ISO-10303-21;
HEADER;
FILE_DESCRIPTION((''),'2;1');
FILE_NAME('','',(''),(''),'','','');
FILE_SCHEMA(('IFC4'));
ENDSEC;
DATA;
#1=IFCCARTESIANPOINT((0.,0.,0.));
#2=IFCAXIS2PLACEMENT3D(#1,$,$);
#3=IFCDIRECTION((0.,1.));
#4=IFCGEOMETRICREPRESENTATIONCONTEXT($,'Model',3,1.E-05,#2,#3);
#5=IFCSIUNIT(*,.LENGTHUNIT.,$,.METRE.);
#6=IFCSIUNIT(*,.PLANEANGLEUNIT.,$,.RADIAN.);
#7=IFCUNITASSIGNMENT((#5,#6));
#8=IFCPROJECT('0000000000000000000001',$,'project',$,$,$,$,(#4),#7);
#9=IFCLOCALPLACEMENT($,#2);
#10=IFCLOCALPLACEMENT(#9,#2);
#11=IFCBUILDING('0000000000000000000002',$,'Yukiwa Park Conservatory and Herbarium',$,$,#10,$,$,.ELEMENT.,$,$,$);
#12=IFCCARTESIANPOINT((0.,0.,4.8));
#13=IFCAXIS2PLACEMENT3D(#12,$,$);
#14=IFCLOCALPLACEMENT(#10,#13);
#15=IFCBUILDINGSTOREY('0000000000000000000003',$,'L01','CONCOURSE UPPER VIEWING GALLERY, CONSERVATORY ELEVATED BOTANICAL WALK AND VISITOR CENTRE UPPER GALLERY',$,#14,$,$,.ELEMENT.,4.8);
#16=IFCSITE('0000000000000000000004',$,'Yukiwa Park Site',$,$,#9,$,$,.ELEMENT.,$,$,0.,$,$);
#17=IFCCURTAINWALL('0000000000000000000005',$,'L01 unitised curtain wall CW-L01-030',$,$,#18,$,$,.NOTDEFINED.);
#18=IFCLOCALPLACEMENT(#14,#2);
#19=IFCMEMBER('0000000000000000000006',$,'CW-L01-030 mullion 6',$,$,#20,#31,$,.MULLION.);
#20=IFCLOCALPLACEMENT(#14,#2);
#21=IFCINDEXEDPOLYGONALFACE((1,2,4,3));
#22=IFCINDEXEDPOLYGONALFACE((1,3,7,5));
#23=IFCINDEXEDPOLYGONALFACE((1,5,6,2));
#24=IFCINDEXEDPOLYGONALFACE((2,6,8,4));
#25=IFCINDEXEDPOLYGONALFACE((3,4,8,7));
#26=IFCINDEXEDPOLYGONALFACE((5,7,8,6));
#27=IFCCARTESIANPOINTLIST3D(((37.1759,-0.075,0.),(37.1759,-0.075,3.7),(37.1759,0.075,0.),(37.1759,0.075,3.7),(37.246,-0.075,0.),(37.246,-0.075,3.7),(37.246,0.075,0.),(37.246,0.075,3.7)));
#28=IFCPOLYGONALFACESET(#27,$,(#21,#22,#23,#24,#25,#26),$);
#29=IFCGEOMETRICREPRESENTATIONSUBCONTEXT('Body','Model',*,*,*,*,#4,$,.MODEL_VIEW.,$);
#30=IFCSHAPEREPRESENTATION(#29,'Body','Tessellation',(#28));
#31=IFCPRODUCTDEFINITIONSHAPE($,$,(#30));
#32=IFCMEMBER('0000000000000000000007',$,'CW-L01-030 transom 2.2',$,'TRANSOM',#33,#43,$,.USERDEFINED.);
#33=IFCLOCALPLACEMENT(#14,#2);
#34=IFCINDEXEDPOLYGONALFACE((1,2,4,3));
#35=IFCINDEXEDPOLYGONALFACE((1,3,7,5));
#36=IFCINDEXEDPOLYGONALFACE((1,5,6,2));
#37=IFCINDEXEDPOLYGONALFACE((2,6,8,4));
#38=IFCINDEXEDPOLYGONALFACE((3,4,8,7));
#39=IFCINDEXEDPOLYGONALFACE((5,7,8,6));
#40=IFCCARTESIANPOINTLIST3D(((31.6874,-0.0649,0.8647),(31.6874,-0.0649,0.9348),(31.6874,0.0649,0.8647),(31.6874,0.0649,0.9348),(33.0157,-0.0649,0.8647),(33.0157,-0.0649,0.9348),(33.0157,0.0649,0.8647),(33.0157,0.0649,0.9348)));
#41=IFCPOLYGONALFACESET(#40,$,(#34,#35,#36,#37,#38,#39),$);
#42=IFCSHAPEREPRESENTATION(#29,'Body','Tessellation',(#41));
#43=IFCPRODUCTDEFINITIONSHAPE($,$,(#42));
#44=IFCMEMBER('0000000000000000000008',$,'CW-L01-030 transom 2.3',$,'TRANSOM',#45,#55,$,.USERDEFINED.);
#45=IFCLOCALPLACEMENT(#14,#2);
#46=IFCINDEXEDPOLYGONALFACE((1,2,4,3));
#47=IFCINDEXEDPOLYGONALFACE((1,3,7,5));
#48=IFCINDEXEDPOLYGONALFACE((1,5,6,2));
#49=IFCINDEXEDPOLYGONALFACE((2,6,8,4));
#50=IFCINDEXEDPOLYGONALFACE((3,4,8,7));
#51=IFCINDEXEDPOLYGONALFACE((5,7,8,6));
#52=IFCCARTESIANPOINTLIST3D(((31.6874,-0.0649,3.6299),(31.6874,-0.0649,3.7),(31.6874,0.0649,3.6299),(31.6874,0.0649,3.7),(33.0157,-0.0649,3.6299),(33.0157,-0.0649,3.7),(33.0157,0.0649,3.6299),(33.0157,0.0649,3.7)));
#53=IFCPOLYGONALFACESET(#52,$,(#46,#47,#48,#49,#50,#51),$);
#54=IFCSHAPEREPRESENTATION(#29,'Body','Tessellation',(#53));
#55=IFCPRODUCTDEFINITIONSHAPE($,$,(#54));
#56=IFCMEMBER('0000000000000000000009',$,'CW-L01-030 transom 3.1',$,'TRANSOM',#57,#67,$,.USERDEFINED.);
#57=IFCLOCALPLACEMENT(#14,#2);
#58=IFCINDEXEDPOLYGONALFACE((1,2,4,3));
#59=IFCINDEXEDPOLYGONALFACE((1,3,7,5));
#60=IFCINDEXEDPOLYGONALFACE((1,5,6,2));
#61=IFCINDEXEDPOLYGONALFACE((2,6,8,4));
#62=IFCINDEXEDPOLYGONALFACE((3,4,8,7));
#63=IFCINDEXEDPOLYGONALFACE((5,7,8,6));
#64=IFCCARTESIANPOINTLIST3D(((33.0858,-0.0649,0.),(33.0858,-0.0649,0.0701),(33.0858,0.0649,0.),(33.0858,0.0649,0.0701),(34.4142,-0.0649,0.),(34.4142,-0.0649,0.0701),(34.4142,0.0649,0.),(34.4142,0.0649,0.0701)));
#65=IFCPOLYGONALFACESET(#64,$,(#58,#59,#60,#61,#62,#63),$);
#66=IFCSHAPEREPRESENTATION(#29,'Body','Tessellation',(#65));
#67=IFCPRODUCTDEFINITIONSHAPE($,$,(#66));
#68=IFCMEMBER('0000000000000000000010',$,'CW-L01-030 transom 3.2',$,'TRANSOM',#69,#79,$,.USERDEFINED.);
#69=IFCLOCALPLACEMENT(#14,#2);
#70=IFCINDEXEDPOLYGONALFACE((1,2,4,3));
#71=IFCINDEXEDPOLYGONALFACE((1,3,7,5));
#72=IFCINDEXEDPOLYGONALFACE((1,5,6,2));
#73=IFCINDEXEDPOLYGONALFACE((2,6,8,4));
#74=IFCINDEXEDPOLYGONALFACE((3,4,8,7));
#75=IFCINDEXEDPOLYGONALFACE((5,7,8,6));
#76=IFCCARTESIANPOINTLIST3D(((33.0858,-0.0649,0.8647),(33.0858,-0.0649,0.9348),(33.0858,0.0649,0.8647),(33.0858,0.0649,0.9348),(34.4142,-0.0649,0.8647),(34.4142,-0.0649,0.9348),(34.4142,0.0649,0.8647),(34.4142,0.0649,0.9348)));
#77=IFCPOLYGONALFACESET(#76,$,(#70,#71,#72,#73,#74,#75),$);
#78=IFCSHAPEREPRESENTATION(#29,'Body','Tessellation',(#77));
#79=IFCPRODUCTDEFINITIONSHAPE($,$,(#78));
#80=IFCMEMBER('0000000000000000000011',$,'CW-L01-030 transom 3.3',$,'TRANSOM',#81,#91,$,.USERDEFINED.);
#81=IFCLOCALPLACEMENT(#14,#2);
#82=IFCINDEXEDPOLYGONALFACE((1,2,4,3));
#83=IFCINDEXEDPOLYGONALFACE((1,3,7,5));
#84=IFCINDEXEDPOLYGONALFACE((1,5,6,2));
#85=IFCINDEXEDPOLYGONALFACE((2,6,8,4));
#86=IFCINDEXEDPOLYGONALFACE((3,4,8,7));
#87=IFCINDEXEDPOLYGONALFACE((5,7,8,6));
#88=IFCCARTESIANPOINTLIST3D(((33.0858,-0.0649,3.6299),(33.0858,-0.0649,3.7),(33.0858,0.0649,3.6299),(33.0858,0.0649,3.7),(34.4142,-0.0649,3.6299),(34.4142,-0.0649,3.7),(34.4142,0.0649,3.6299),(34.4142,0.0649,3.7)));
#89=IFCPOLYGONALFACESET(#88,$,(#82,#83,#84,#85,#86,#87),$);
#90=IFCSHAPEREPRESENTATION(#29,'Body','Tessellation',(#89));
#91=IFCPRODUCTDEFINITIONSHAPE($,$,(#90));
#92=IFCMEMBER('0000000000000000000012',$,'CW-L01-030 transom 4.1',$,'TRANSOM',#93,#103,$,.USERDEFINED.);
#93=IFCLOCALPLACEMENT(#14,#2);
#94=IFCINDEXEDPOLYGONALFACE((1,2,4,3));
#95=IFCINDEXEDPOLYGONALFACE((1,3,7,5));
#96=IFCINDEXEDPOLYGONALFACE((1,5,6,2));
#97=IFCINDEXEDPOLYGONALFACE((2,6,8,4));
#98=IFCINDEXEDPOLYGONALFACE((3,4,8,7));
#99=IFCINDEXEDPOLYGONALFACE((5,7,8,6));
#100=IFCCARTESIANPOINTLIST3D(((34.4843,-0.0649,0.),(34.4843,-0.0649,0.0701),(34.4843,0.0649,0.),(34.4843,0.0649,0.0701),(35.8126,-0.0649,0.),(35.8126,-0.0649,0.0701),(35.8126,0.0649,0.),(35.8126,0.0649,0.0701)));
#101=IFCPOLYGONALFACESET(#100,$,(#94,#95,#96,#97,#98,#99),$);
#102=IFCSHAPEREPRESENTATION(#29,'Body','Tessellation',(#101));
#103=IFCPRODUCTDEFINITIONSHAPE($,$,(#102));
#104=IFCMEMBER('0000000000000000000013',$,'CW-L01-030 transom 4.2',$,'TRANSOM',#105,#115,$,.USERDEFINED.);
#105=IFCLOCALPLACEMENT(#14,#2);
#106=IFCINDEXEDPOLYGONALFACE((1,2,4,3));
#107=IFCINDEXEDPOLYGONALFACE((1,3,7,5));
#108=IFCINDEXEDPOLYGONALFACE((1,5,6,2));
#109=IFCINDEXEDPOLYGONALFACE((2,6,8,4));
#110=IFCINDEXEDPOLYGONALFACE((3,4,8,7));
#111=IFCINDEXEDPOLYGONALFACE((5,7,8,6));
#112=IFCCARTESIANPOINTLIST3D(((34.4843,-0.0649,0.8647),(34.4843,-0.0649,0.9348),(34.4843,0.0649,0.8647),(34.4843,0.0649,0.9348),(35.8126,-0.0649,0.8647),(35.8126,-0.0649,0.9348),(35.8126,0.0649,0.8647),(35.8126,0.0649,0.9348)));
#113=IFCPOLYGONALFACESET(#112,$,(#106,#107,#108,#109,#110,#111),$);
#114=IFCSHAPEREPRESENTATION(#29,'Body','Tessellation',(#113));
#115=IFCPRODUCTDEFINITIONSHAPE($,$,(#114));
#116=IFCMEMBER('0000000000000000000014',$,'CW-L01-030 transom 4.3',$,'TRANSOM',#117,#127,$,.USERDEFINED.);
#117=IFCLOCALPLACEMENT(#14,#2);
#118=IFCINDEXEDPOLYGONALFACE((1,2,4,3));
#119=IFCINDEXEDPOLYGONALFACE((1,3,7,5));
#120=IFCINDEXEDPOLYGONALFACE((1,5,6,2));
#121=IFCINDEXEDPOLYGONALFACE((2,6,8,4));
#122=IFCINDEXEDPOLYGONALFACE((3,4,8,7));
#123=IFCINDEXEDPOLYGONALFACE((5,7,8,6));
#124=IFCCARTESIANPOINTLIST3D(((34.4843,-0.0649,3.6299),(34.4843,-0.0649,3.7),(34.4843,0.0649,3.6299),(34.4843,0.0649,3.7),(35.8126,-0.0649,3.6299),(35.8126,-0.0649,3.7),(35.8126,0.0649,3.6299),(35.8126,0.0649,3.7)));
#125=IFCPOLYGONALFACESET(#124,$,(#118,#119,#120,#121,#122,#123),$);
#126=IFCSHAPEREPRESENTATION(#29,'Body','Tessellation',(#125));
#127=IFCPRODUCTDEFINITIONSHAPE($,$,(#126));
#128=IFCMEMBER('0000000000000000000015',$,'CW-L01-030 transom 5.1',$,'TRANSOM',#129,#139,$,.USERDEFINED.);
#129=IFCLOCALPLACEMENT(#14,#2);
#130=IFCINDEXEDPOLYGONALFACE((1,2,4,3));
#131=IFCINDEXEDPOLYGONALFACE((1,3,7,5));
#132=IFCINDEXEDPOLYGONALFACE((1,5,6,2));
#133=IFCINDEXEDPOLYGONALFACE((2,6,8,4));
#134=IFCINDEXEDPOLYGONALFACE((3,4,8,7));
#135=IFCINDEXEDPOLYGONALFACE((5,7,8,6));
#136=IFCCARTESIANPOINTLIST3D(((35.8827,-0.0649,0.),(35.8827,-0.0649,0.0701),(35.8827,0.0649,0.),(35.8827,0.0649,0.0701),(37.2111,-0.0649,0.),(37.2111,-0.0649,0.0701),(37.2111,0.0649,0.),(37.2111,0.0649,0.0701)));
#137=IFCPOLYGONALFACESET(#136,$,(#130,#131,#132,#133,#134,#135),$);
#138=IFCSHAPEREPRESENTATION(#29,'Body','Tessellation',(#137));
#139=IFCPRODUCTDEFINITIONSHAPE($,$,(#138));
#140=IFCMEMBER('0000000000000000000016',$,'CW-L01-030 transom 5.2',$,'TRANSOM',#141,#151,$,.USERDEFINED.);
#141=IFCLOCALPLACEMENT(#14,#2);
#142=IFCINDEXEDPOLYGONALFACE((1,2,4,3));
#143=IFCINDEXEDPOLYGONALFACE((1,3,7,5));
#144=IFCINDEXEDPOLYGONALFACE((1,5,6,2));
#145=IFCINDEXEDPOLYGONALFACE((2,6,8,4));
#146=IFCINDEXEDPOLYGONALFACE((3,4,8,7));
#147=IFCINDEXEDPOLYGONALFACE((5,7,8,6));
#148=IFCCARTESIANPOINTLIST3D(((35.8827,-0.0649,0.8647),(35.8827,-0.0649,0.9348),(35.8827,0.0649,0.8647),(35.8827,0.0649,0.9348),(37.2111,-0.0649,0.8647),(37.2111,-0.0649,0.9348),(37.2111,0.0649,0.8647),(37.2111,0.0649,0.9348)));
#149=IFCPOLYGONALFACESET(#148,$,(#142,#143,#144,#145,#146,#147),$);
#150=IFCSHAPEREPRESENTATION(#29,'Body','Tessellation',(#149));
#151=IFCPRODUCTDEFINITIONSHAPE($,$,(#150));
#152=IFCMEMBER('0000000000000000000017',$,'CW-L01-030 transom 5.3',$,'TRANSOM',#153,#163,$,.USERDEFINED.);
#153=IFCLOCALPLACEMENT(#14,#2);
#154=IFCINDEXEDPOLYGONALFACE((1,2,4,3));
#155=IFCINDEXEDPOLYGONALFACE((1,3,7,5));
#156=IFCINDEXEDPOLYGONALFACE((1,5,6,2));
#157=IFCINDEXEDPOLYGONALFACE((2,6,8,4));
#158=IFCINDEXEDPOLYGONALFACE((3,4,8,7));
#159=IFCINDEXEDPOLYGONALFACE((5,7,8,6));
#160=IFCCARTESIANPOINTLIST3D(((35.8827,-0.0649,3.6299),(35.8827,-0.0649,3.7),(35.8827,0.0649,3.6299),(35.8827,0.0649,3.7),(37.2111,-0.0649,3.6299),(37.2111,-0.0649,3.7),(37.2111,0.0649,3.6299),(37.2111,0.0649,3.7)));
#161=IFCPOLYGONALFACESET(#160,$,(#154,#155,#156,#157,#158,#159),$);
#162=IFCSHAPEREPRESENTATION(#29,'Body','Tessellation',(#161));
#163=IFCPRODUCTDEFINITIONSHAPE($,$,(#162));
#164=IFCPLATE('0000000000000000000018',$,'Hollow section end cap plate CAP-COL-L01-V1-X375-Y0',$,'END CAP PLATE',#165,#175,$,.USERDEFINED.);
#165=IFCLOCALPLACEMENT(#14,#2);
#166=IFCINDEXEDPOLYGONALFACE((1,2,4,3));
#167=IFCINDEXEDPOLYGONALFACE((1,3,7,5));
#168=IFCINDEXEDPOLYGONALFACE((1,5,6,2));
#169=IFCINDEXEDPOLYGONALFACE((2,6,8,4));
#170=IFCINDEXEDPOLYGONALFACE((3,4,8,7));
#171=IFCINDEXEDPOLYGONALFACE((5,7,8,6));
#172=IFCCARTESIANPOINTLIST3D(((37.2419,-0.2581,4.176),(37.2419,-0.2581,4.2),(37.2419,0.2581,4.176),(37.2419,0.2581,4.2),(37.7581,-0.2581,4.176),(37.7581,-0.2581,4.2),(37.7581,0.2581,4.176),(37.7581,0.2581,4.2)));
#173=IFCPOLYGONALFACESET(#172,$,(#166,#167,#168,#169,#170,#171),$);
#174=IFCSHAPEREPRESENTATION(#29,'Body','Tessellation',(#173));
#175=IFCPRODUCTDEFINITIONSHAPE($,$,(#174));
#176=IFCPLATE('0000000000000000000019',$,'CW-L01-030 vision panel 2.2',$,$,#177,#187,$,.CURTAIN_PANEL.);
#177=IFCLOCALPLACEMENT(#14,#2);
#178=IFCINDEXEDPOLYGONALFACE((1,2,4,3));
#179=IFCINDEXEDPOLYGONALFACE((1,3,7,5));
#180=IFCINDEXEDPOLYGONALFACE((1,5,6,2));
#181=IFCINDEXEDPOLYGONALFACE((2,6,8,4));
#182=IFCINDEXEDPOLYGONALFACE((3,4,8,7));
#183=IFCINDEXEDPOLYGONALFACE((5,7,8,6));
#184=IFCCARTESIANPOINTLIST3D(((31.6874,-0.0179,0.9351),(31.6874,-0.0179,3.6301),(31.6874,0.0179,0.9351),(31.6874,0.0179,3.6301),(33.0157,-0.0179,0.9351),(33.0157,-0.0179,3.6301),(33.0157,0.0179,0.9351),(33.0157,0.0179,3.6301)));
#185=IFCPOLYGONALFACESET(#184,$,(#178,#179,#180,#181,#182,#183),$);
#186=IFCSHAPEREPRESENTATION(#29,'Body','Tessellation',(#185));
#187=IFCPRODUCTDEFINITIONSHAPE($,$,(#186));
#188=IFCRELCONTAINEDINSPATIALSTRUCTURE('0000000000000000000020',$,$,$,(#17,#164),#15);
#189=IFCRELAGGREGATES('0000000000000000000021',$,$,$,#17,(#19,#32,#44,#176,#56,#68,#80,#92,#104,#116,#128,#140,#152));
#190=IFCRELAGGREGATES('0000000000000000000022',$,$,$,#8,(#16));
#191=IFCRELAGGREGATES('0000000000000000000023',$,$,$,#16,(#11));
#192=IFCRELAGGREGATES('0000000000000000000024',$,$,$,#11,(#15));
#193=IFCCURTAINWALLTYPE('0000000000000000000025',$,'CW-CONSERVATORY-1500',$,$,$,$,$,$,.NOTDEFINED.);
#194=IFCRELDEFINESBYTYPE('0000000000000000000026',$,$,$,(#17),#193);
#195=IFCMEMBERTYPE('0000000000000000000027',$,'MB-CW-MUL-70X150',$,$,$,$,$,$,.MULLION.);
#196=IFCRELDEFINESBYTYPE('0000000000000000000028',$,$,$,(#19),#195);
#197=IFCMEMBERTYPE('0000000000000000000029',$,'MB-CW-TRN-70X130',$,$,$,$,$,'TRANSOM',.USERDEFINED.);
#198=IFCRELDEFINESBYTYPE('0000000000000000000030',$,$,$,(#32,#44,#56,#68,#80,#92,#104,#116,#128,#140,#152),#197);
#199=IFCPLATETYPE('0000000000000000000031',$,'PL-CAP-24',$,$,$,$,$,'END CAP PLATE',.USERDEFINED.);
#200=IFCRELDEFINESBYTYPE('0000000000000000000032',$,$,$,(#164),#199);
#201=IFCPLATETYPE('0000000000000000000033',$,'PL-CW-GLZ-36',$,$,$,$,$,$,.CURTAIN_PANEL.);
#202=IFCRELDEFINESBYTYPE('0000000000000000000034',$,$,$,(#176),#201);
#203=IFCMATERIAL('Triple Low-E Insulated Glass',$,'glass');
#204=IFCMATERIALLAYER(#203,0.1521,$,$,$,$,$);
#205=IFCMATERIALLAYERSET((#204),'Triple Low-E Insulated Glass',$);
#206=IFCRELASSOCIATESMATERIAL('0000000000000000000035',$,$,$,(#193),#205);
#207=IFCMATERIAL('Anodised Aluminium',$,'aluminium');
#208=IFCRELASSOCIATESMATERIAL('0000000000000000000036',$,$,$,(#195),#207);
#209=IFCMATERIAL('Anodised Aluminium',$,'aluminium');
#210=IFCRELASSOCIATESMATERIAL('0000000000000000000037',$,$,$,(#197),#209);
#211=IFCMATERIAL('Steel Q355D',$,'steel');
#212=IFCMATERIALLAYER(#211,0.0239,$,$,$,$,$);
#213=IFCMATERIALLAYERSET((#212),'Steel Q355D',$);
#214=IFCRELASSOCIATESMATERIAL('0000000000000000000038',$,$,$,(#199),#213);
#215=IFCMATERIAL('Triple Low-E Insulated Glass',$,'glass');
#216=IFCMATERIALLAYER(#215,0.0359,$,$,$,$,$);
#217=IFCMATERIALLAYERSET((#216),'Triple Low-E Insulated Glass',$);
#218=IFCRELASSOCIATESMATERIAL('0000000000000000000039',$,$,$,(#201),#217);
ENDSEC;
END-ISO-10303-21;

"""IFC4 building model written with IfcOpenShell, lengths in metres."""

from ifc_helpers import new_model, si_unit, direction, frame, origin, origin_2d, place, context, subcontext, project, spatial, rectangle, extrude, material, layer, layer_set, type_object, element, aggregate, save


model = new_model("IFC4")

# Units and contexts
model_context = context("Model", 3, precision=1e-05, world=origin(), true_north=direction((0.0, 1.0)))
body_context = subcontext(model_context, "Body", "Model", "MODEL_VIEW")
ifc_project = project(units=[si_unit("LENGTHUNIT", "METRE"), si_unit("PLANEANGLEUNIT", "RADIAN")], contexts=[model_context])

# Site, building, storey
site_placement = place(None, origin())
site = spatial("IfcSite", under=ifc_project, at=site_placement, Name="Yukiwa Park Site", CompositionType="ELEMENT", RefElevation=0.0)
building_placement = place(site_placement, origin())
building = spatial("IfcBuilding", under=site, at=building_placement, Name="Yukiwa Park Conservatory and Herbarium", CompositionType="ELEMENT")
storey_placement = place(building_placement, frame((0.0, 0.0, 4.8)))
storey = spatial("IfcBuildingStorey", under=building, at=storey_placement, Name="L01", Description="CONCOURSE UPPER VIEWING GALLERY, CONSERVATORY ELEVATED BOTANICAL WALK AND VISITOR CENTRE UPPER GALLERY", CompositionType="ELEMENT", Elevation=4.8)

# Curtain wall, members
ifc_material_1 = material(Name="Triple Low-E Insulated Glass", Category="glass")
ifc_layer_1 = layer(ifc_material_1, 0.1521)
ifc_layer_set_1 = layer_set([ifc_layer_1], Name="Triple Low-E Insulated Glass")
curtain_wall_type = type_object("IfcCurtainWallType", Name="CW-CONSERVATORY-1500", PredefinedType="NOTDEFINED", material=ifc_layer_set_1)
curtain_wall_placement = place(storey_placement, origin())
curtain_wall = element("IfcCurtainWall", 1, at=curtain_wall_placement, inside=storey, type_object=curtain_wall_type, Name="L01 unitised curtain wall CW-L01-030", PredefinedType="NOTDEFINED")
ifc_material_2 = material(Name="Anodised Aluminium", Category="aluminium")
member_type_1 = type_object("IfcMemberType", Name="MB-CW-MUL-70X150", PredefinedType="MULLION", material=ifc_material_2)
member_1_placement = place(storey_placement, frame((37.2109, 0.0, 0.0), z_axis=(0.0, 0.0, 1.0), x_axis=(1.0, 0.0, 0.0)))
member_1 = element("IfcMember", 2, at=member_1_placement, type_object=member_type_1, Name="CW-L01-030 mullion 6", PredefinedType="MULLION", context=body_context, shape_type="SweptSolid", body=[
    extrude(rectangle(XDim=0.0701, YDim=0.1499, at=origin_2d()), origin(), (0.0, 0.0, 1.0), 3.7),
])
ifc_material_3 = material(Name="Anodised Aluminium", Category="aluminium")
member_type_2 = type_object("IfcMemberType", Name="MB-CW-TRN-70X130", ElementType="TRANSOM", PredefinedType="USERDEFINED", material=ifc_material_3)
member_2_placement = place(storey_placement, frame((32.3516, 0.0, 0.8647), z_axis=(0.0, 0.0, 1.0), x_axis=(1.0, 0.0, 0.0)))
member_2 = element("IfcMember", 3, at=member_2_placement, type_object=member_type_2, Name="CW-L01-030 transom 2.2", ObjectType="TRANSOM", PredefinedType="USERDEFINED", context=body_context, shape_type="SweptSolid", body=[
    extrude(rectangle(XDim=1.3284, YDim=0.1299, at=origin_2d()), origin(), (0.0, 0.0, 1.0), 0.0701),
])
member_3_placement = place(storey_placement, frame((32.3516, 0.0, 3.6299), z_axis=(0.0, 0.0, 1.0), x_axis=(1.0, 0.0, 0.0)))
member_3 = element("IfcMember", 4, at=member_3_placement, type_object=member_type_2, Name="CW-L01-030 transom 2.3", ObjectType="TRANSOM", PredefinedType="USERDEFINED", context=body_context, shape_type="SweptSolid", body=[
    extrude(rectangle(XDim=1.3284, YDim=0.1299, at=origin_2d()), origin(), (0.0, 0.0, 1.0), 0.0701),
])
member_4_placement = place(storey_placement, frame((33.75, 0.0, 0.0), z_axis=(0.0, 0.0, 1.0), x_axis=(1.0, 0.0, 0.0)))
member_4 = element("IfcMember", 5, at=member_4_placement, type_object=member_type_2, Name="CW-L01-030 transom 3.1", ObjectType="TRANSOM", PredefinedType="USERDEFINED", context=body_context, shape_type="SweptSolid", body=[
    extrude(rectangle(XDim=1.3284, YDim=0.1299, at=origin_2d()), origin(), (0.0, 0.0, 1.0), 0.0701),
])
member_5_placement = place(storey_placement, frame((33.75, 0.0, 0.8647), z_axis=(0.0, 0.0, 1.0), x_axis=(1.0, 0.0, 0.0)))
member_5 = element("IfcMember", 6, at=member_5_placement, type_object=member_type_2, Name="CW-L01-030 transom 3.2", ObjectType="TRANSOM", PredefinedType="USERDEFINED", context=body_context, shape_type="SweptSolid", body=[
    extrude(rectangle(XDim=1.3284, YDim=0.1299, at=origin_2d()), origin(), (0.0, 0.0, 1.0), 0.0701),
])
member_6_placement = place(storey_placement, frame((33.75, 0.0, 3.6299), z_axis=(0.0, 0.0, 1.0), x_axis=(1.0, 0.0, 0.0)))
member_6 = element("IfcMember", 7, at=member_6_placement, type_object=member_type_2, Name="CW-L01-030 transom 3.3", ObjectType="TRANSOM", PredefinedType="USERDEFINED", context=body_context, shape_type="SweptSolid", body=[
    extrude(rectangle(XDim=1.3284, YDim=0.1299, at=origin_2d()), origin(), (0.0, 0.0, 1.0), 0.0701),
])
member_7_placement = place(storey_placement, frame((35.1484, 0.0, 0.0), z_axis=(0.0, 0.0, 1.0), x_axis=(1.0, 0.0, 0.0)))
member_7 = element("IfcMember", 8, at=member_7_placement, type_object=member_type_2, Name="CW-L01-030 transom 4.1", ObjectType="TRANSOM", PredefinedType="USERDEFINED", context=body_context, shape_type="SweptSolid", body=[
    extrude(rectangle(XDim=1.3284, YDim=0.1299, at=origin_2d()), origin(), (0.0, 0.0, 1.0), 0.0701),
])
member_8_placement = place(storey_placement, frame((35.1484, 0.0, 0.8647), z_axis=(0.0, 0.0, 1.0), x_axis=(1.0, 0.0, 0.0)))
member_8 = element("IfcMember", 9, at=member_8_placement, type_object=member_type_2, Name="CW-L01-030 transom 4.2", ObjectType="TRANSOM", PredefinedType="USERDEFINED", context=body_context, shape_type="SweptSolid", body=[
    extrude(rectangle(XDim=1.3284, YDim=0.1299, at=origin_2d()), origin(), (0.0, 0.0, 1.0), 0.0701),
])
member_9_placement = place(storey_placement, frame((35.1484, 0.0, 3.6299), z_axis=(0.0, 0.0, 1.0), x_axis=(1.0, 0.0, 0.0)))
member_9 = element("IfcMember", 10, at=member_9_placement, type_object=member_type_2, Name="CW-L01-030 transom 4.3", ObjectType="TRANSOM", PredefinedType="USERDEFINED", context=body_context, shape_type="SweptSolid", body=[
    extrude(rectangle(XDim=1.3284, YDim=0.1299, at=origin_2d()), origin(), (0.0, 0.0, 1.0), 0.0701),
])
member_10_placement = place(storey_placement, frame((36.5469, 0.0, 0.0), z_axis=(0.0, 0.0, 1.0), x_axis=(1.0, 0.0, 0.0)))
member_10 = element("IfcMember", 11, at=member_10_placement, type_object=member_type_2, Name="CW-L01-030 transom 5.1", ObjectType="TRANSOM", PredefinedType="USERDEFINED", context=body_context, shape_type="SweptSolid", body=[
    extrude(rectangle(XDim=1.3284, YDim=0.1299, at=origin_2d()), origin(), (0.0, 0.0, 1.0), 0.0701),
])
member_11_placement = place(storey_placement, frame((36.5469, 0.0, 0.8647), z_axis=(0.0, 0.0, 1.0), x_axis=(1.0, 0.0, 0.0)))
member_11 = element("IfcMember", 12, at=member_11_placement, type_object=member_type_2, Name="CW-L01-030 transom 5.2", ObjectType="TRANSOM", PredefinedType="USERDEFINED", context=body_context, shape_type="SweptSolid", body=[
    extrude(rectangle(XDim=1.3284, YDim=0.1299, at=origin_2d()), origin(), (0.0, 0.0, 1.0), 0.0701),
])
member_12_placement = place(storey_placement, frame((36.5469, 0.0, 3.6299), z_axis=(0.0, 0.0, 1.0), x_axis=(1.0, 0.0, 0.0)))
member_12 = element("IfcMember", 13, at=member_12_placement, type_object=member_type_2, Name="CW-L01-030 transom 5.3", ObjectType="TRANSOM", PredefinedType="USERDEFINED", context=body_context, shape_type="SweptSolid", body=[
    extrude(rectangle(XDim=1.3284, YDim=0.1299, at=origin_2d()), origin(), (0.0, 0.0, 1.0), 0.0701),
])

# Plates
ifc_material_4 = material(Name="Steel Q355D", Category="steel")
ifc_layer_2 = layer(ifc_material_4, 0.0239)
ifc_layer_set_2 = layer_set([ifc_layer_2], Name="Steel Q355D")
plate_type_1 = type_object("IfcPlateType", Name="PL-CAP-24", ElementType="END CAP PLATE", PredefinedType="USERDEFINED", material=ifc_layer_set_2)
plate_1_placement = place(storey_placement, frame((37.5, 0.0, 4.176), z_axis=(0.0, 0.0, 1.0), x_axis=(1.0, 0.0, 0.0)))
element("IfcPlate", 14, at=plate_1_placement, inside=storey, type_object=plate_type_1, Name="Hollow section end cap plate CAP-COL-L01-V1-X375-Y0", ObjectType="END CAP PLATE", PredefinedType="USERDEFINED", context=body_context, shape_type="SweptSolid", body=[
    extrude(rectangle(XDim=0.5161, YDim=0.5161, at=origin_2d()), origin(), (0.0, 0.0, 1.0), 0.0239),
])
ifc_material_5 = material(Name="Triple Low-E Insulated Glass", Category="glass")
ifc_layer_3 = layer(ifc_material_5, 0.0359)
ifc_layer_set_3 = layer_set([ifc_layer_3], Name="Triple Low-E Insulated Glass")
plate_type_2 = type_object("IfcPlateType", Name="PL-CW-GLZ-36", PredefinedType="CURTAIN_PANEL", material=ifc_layer_set_3)
plate_2_placement = place(storey_placement, frame((32.3516, 0.0, 0.9351), z_axis=(0.0, 0.0, 1.0), x_axis=(1.0, 0.0, 0.0)))
plate_2 = element("IfcPlate", 15, at=plate_2_placement, type_object=plate_type_2, Name="CW-L01-030 vision panel 2.2", PredefinedType="CURTAIN_PANEL", context=body_context, shape_type="SweptSolid", body=[
    extrude(rectangle(XDim=1.3284, YDim=0.0359, at=origin_2d()), origin(), (0.0, 0.0, 1.0), 2.6951),
])
aggregate(curtain_wall, [member_1, member_2, member_3, plate_2, member_4, member_5, member_6, member_7, member_8, member_9, member_10, member_11, member_12])

save(model, "model.ifc")
